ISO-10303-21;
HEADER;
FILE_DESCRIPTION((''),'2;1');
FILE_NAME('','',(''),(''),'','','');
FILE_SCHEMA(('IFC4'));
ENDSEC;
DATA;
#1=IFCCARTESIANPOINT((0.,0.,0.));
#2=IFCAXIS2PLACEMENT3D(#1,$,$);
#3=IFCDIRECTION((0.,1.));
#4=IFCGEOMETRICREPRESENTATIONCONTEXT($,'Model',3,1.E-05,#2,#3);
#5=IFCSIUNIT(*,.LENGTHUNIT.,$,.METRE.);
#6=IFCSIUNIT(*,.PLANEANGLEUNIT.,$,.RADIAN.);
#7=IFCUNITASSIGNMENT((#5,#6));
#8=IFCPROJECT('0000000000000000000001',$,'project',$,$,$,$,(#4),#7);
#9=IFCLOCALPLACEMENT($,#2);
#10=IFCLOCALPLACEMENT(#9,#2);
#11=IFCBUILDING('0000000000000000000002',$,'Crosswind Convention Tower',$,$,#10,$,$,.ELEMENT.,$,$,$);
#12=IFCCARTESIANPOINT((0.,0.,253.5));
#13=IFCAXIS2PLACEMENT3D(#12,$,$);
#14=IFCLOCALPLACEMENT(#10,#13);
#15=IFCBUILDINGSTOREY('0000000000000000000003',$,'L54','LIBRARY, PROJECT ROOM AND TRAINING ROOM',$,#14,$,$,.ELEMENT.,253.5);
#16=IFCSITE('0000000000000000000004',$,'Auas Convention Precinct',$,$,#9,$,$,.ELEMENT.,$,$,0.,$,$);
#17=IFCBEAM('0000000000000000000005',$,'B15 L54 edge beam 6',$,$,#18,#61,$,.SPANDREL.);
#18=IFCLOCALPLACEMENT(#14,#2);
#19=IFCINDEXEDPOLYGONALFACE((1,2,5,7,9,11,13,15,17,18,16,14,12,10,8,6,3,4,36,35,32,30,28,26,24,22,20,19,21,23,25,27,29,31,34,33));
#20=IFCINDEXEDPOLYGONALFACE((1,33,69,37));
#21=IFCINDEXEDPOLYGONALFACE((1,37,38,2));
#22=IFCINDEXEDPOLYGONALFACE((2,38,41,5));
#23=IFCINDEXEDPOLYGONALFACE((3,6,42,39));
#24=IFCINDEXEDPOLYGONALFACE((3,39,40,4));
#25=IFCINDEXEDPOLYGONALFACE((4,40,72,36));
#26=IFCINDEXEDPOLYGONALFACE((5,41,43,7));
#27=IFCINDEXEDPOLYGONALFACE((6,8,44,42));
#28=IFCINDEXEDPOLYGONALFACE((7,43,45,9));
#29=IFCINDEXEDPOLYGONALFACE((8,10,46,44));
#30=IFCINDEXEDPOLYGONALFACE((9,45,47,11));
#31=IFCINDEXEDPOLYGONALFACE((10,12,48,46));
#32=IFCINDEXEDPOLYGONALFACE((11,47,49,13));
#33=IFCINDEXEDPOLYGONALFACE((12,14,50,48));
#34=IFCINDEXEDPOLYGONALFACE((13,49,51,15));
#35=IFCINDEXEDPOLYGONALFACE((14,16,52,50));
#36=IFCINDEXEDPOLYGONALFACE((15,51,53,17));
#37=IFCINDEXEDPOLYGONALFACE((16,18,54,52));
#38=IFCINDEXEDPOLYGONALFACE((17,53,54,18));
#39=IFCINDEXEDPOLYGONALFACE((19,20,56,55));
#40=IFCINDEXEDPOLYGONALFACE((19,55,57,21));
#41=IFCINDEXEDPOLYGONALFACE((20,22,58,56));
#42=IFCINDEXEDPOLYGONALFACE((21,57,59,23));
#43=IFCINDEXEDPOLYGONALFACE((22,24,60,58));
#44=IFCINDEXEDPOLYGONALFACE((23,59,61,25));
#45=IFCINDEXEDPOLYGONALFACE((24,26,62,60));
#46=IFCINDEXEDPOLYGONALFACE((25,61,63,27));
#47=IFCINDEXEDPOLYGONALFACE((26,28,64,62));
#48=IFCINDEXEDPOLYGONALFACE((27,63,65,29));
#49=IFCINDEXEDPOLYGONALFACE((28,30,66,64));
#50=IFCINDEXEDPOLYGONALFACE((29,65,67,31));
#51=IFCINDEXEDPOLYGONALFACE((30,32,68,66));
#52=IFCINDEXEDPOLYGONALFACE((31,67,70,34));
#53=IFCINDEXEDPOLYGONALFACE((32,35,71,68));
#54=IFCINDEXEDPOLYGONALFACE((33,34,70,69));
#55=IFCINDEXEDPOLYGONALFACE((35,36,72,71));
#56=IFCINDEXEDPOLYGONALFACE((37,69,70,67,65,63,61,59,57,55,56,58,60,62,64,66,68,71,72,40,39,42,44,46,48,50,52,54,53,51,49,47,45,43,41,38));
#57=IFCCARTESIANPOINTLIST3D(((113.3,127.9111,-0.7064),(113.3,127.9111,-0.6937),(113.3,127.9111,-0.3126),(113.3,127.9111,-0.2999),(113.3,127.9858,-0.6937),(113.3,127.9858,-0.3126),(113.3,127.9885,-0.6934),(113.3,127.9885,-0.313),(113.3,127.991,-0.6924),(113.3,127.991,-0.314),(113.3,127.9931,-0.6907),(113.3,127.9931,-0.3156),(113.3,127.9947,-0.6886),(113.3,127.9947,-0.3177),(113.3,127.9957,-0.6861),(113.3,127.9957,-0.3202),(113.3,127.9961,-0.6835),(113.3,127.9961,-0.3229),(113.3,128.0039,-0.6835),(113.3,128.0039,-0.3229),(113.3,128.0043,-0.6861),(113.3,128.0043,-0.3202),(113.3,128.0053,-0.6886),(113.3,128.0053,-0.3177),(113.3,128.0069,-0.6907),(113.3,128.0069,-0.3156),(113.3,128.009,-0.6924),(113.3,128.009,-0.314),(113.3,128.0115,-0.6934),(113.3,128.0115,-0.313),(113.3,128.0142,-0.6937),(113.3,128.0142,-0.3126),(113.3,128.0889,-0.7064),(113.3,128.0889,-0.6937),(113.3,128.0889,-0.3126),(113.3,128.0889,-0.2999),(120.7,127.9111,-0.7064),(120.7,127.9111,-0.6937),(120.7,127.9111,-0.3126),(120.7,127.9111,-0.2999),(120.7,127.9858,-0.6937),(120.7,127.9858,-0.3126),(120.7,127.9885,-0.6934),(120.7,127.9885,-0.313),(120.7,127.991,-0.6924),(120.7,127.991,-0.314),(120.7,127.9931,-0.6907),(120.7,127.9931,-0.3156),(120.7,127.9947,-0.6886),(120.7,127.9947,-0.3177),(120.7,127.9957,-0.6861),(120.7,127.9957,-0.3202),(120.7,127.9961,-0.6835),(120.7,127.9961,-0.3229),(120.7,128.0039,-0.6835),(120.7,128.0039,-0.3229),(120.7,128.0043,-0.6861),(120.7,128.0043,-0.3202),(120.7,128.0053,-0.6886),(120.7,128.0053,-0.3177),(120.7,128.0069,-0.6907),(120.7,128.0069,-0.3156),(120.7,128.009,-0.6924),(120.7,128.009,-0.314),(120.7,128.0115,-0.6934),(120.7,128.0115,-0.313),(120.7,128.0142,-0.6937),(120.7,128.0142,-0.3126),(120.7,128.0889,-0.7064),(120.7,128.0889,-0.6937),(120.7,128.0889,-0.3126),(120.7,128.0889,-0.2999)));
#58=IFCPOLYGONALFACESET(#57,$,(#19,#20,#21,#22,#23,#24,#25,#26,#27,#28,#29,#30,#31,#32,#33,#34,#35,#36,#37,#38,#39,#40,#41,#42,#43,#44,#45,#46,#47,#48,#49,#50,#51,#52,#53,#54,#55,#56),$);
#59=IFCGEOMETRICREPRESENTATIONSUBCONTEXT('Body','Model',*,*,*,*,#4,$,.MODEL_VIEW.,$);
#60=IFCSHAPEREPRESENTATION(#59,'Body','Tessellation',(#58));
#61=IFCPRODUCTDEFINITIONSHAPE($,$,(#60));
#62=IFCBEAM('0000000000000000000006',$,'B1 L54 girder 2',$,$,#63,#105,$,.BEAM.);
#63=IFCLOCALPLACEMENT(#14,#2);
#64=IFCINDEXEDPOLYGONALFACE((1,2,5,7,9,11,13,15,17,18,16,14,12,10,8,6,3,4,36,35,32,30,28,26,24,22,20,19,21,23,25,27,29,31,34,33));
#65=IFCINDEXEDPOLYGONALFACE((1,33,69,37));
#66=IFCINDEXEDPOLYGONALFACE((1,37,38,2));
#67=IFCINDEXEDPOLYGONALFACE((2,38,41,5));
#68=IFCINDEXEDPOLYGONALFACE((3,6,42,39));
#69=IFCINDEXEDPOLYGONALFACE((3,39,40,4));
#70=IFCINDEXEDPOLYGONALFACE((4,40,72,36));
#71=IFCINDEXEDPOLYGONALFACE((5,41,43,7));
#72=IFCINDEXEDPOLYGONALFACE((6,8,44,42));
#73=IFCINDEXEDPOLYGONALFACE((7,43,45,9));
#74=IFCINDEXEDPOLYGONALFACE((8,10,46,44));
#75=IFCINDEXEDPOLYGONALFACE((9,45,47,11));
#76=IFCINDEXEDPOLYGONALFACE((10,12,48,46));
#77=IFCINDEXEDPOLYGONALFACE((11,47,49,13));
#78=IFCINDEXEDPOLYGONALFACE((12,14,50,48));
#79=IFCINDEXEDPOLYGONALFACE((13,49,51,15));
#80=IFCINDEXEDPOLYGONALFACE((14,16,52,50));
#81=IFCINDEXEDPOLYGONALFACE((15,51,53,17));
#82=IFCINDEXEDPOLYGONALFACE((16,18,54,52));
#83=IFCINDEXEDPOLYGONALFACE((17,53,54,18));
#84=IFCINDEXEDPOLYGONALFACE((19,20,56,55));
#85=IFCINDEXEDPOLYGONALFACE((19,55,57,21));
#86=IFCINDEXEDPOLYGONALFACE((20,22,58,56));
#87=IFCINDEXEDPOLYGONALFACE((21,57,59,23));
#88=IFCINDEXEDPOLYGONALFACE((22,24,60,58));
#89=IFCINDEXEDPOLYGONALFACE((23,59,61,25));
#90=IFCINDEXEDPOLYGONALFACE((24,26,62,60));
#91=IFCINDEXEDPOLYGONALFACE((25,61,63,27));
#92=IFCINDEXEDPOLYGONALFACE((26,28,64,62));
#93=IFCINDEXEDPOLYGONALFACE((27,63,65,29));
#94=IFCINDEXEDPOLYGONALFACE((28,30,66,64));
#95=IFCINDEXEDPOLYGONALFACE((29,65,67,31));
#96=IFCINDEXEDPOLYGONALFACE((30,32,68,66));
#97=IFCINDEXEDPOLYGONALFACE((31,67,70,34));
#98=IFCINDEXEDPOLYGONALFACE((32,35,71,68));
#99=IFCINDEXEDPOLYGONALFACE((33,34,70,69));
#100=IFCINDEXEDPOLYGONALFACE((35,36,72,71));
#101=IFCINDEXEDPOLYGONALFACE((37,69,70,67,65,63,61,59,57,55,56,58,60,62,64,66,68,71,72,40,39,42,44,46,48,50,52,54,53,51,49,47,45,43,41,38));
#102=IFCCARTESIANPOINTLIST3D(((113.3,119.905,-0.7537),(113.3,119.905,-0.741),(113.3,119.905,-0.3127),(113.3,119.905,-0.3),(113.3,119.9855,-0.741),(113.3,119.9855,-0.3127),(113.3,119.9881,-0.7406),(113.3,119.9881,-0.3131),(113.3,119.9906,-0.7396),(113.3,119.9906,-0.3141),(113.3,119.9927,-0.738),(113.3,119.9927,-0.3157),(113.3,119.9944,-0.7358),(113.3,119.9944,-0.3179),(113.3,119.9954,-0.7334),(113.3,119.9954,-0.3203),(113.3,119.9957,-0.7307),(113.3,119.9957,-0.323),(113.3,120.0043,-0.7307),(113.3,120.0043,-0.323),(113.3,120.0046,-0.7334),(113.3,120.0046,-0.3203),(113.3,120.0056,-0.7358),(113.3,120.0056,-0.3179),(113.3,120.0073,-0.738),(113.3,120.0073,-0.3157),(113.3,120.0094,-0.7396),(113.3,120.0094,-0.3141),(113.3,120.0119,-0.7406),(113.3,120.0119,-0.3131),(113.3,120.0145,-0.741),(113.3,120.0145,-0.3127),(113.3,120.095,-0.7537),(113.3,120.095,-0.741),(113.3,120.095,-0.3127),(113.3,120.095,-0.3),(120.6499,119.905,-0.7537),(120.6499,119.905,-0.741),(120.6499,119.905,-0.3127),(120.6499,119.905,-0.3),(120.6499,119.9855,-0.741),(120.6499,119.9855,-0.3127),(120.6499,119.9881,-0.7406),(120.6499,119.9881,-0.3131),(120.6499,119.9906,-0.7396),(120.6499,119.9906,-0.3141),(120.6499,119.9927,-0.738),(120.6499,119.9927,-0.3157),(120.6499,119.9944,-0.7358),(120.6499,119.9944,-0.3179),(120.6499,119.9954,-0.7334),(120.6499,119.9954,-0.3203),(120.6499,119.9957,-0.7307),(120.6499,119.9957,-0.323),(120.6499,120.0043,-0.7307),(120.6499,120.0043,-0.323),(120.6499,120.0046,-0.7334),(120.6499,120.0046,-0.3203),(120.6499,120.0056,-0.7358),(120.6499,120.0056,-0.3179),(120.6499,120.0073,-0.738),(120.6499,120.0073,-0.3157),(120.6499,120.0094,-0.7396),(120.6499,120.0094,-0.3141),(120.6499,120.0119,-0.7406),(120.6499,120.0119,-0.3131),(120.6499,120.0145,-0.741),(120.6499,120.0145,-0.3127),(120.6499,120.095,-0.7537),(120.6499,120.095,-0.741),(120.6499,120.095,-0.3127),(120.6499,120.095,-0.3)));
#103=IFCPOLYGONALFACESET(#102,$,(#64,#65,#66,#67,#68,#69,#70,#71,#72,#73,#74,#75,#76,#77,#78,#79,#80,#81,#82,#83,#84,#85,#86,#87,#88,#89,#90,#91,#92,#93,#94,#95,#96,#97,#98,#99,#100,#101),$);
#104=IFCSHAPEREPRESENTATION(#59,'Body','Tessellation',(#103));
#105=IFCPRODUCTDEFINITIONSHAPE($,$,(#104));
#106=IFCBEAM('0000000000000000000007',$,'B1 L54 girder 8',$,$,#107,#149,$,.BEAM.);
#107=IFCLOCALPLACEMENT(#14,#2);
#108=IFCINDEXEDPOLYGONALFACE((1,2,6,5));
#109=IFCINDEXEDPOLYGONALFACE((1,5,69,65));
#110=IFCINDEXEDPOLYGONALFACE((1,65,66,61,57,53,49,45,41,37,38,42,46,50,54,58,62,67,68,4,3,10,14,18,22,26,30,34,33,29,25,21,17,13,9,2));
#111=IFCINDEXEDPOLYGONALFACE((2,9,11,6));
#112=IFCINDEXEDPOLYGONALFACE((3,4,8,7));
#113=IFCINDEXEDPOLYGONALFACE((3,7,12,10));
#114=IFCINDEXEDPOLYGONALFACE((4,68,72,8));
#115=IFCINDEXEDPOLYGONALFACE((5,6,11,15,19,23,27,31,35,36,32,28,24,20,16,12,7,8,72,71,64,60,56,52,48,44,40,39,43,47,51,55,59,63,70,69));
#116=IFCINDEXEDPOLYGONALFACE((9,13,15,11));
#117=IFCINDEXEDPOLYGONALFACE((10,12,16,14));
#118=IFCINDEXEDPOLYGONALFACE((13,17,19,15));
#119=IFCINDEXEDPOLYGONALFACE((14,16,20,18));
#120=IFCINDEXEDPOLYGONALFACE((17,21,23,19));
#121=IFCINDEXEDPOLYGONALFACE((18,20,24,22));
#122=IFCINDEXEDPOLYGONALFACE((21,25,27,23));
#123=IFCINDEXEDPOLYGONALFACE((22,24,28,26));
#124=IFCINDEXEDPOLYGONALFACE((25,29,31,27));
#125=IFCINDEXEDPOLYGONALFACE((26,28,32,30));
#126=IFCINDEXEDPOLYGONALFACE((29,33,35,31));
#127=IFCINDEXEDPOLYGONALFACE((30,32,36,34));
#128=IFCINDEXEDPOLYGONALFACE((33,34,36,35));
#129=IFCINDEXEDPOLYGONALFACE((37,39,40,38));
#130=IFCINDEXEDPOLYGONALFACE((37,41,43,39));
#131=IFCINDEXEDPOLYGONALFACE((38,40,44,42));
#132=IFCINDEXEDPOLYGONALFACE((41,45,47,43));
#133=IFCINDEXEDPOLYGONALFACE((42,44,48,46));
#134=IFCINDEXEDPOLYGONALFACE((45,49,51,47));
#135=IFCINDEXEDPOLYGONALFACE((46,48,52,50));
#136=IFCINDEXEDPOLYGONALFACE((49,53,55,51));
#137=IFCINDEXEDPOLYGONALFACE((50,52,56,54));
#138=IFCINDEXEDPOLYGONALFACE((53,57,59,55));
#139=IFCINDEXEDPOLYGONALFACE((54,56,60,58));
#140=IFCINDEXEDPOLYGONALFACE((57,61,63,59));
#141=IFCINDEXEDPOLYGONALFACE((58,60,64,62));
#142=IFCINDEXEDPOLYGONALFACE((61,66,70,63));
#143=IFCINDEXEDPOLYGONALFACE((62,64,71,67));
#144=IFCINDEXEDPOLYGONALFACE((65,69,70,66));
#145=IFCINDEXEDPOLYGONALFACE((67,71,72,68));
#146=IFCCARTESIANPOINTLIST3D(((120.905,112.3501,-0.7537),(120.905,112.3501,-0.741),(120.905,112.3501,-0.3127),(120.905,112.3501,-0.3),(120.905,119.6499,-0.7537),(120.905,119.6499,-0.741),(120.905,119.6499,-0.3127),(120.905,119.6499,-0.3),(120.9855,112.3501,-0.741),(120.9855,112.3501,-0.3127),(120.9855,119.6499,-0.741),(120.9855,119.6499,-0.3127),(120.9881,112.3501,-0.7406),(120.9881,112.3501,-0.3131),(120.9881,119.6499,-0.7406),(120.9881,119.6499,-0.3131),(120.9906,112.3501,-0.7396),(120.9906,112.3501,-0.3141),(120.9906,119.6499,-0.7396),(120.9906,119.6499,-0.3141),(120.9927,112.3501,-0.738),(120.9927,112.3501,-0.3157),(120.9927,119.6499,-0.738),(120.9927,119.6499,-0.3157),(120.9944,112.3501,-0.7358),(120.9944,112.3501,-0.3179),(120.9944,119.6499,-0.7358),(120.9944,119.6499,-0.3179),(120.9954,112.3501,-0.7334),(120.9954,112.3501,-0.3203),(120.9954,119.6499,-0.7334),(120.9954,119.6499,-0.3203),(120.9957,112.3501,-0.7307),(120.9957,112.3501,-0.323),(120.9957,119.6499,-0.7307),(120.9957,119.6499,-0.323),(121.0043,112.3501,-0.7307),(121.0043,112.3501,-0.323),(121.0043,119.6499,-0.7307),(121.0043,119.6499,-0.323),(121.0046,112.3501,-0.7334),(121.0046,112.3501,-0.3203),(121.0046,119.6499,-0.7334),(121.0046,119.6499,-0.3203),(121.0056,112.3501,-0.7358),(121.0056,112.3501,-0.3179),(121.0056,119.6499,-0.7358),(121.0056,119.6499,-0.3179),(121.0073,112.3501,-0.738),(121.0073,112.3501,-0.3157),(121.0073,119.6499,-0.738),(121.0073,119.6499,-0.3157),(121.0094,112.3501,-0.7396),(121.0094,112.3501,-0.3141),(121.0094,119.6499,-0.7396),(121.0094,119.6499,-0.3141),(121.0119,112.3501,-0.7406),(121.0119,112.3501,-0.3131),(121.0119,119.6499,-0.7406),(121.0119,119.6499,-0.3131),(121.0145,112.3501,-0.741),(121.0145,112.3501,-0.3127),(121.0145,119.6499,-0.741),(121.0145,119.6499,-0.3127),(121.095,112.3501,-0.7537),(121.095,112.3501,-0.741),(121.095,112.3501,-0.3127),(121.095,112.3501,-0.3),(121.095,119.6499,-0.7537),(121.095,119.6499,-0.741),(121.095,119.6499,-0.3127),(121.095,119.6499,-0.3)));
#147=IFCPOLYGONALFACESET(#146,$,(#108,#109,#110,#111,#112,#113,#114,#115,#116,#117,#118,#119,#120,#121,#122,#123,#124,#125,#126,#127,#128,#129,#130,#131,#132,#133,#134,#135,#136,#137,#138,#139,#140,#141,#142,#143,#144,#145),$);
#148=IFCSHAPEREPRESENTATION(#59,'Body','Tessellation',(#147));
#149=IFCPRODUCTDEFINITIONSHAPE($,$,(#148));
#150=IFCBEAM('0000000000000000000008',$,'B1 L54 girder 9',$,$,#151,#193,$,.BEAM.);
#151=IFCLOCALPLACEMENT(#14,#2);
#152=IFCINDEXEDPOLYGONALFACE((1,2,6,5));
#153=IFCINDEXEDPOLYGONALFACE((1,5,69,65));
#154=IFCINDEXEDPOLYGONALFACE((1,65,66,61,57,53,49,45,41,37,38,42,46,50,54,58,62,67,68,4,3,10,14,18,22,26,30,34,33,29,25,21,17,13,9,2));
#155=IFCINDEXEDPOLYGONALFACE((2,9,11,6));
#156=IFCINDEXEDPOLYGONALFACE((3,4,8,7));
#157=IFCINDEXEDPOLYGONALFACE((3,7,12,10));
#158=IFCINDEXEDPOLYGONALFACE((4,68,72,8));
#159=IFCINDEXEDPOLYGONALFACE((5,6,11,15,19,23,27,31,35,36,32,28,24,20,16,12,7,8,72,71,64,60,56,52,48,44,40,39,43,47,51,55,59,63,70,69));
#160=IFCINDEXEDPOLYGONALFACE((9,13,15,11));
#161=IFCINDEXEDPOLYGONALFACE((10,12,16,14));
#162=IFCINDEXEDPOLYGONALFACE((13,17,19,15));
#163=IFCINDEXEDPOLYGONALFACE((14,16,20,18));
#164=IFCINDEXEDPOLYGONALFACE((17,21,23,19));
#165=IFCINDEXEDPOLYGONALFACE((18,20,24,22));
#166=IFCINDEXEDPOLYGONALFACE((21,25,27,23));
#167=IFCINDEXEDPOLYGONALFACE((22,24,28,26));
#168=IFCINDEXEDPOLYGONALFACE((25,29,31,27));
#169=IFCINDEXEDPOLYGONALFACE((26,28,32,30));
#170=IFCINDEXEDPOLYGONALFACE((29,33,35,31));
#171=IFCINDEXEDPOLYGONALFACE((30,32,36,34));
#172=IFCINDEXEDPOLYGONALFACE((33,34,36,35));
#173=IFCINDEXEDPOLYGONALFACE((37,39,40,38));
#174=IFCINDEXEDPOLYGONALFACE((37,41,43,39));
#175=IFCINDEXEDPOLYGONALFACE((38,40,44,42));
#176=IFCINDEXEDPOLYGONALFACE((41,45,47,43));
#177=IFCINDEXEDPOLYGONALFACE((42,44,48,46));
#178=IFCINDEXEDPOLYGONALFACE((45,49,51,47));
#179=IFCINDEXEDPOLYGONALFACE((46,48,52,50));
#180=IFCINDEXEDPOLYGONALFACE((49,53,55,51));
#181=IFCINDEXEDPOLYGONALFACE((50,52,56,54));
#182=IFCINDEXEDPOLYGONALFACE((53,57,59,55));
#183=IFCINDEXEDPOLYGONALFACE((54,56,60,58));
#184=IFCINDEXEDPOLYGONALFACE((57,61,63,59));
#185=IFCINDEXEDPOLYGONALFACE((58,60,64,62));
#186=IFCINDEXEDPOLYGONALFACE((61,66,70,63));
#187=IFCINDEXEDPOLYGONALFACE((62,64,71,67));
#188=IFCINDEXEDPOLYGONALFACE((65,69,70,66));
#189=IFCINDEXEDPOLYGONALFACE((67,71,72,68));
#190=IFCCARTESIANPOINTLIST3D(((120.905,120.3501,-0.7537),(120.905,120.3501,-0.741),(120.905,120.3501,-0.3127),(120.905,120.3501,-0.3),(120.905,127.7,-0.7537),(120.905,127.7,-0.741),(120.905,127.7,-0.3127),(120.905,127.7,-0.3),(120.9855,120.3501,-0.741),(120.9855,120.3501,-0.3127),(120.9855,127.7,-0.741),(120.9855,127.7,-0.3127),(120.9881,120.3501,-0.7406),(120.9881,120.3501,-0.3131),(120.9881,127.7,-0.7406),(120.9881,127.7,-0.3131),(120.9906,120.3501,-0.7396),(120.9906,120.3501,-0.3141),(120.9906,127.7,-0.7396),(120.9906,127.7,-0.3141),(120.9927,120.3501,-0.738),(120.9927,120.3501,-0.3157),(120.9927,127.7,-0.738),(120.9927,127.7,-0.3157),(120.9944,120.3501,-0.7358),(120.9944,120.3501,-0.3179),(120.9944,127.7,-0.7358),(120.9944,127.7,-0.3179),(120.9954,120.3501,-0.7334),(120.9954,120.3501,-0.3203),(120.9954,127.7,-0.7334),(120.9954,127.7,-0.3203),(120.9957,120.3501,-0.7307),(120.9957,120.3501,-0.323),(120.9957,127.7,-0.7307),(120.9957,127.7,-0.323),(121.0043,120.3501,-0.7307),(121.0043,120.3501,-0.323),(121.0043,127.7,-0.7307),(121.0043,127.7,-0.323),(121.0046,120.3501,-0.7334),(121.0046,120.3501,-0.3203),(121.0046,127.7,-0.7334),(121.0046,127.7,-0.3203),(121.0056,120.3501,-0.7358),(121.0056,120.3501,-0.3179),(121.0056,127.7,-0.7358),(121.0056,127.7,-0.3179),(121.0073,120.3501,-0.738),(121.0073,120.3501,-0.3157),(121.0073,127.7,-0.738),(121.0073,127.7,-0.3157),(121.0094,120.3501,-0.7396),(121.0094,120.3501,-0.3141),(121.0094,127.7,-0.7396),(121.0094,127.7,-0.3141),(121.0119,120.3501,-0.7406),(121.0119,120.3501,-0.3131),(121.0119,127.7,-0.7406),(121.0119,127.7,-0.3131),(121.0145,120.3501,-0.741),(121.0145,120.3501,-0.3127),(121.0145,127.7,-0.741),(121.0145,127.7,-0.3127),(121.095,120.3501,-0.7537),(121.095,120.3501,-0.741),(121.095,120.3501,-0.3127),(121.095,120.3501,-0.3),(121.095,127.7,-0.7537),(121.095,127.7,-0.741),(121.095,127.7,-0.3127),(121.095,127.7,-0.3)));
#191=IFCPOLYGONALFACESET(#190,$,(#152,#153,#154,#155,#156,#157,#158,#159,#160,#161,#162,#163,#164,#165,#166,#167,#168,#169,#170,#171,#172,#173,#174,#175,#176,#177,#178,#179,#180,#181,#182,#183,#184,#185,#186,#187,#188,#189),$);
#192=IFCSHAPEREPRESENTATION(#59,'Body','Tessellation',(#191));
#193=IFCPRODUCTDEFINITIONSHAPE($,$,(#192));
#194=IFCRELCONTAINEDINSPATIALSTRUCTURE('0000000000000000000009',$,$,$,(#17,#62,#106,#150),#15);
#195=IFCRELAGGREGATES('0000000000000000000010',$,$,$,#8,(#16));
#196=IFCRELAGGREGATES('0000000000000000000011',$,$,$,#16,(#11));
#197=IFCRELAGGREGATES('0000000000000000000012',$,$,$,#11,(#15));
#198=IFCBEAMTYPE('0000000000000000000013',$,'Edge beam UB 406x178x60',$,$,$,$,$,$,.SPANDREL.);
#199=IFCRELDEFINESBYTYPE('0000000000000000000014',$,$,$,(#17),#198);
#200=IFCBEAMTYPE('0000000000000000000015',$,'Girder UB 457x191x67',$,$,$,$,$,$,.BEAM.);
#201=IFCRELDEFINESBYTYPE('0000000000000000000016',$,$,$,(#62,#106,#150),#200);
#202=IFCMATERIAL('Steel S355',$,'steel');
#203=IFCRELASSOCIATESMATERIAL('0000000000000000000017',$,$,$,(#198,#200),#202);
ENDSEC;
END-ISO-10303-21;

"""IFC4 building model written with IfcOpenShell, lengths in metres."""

from ifc_helpers import new_model, si_unit, direction, frame, origin, origin_2d, place, context, subcontext, project, spatial, i_section, extrude, material, material_profile, profile_set, type_object, element, save


model = new_model("IFC4")

# Units and contexts
model_context = context("Model", 3, precision=1e-05, world=origin(), true_north=direction((0.0, 1.0)))
body_context = subcontext(model_context, "Body", "Model", "MODEL_VIEW")
ifc_project = project(units=[si_unit("LENGTHUNIT", "METRE"), si_unit("PLANEANGLEUNIT", "RADIAN")], contexts=[model_context])

# Site, building, storey
site_placement = place(None, origin())
site = spatial("IfcSite", under=ifc_project, at=site_placement, Name="Auas Convention Precinct", CompositionType="ELEMENT", RefElevation=0.0)
building_placement = place(site_placement, origin())
building = spatial("IfcBuilding", under=site, at=building_placement, Name="Crosswind Convention Tower", CompositionType="ELEMENT")
storey_placement = place(building_placement, frame((0.0, 0.0, 253.5)))
storey = spatial("IfcBuildingStorey", under=building, at=storey_placement, Name="L54", Description="LIBRARY, PROJECT ROOM AND TRAINING ROOM", CompositionType="ELEMENT", Elevation=253.5)

# Beams
ifc_material_1 = material(Name="Steel S355", Category="steel")
ifc_material_profile_1 = material_profile(ifc_material_1, i_section(OverallWidth=0.1777, OverallDepth=0.4065, WebThickness=0.0078, FlangeThickness=0.0127, FilletRadius=0.0103, at=origin_2d()), Name="UB 406x178x60")
ifc_profile_set_1 = profile_set([ifc_material_profile_1], Name="Steel S355")
beam_type_1 = type_object("IfcBeamType", Name="Edge beam UB 406x178x60", PredefinedType="SPANDREL", material=ifc_profile_set_1)
for number, where, z_axis, x_axis, name in (
    (1, (113.3, 128.0, -0.5032), (1.0, 0.0, 0.0), (0.0, 1.0, 0.0), "B15 L54 edge beam 6"),
):
    element("IfcBeam", number, at=place(storey_placement, frame(where, z_axis=z_axis, x_axis=x_axis)), inside=storey, type_object=beam_type_1, Name=name, PredefinedType="SPANDREL", context=body_context, shape_type="SweptSolid", body=[
        extrude(i_section(OverallWidth=0.1777, OverallDepth=0.4065, WebThickness=0.0078, FlangeThickness=0.0127, FilletRadius=0.0103, at=origin_2d()), origin(), (0.0, 0.0, 1.0), 7.3999),
    ])
ifc_material_profile_2 = material_profile(ifc_material_1, i_section(OverallWidth=0.1899, OverallDepth=0.4536, WebThickness=0.0085, FlangeThickness=0.0127, FilletRadius=0.0103, at=origin_2d()), Name="UB 457x191x67")
ifc_profile_set_2 = profile_set([ifc_material_profile_2], Name="Steel S355")
beam_type_2 = type_object("IfcBeamType", Name="Girder UB 457x191x67", PredefinedType="BEAM", material=ifc_profile_set_2)
beam_1_placement = place(storey_placement, frame((113.3, 120.0, -0.5269), z_axis=(1.0, 0.0, 0.0), x_axis=(0.0, 1.0, 0.0)))
element("IfcBeam", 2, at=beam_1_placement, inside=storey, type_object=beam_type_2, Name="B1 L54 girder 2", PredefinedType="BEAM", context=body_context, shape_type="SweptSolid", body=[
    extrude(i_section(OverallWidth=0.1899, OverallDepth=0.4536, WebThickness=0.0085, FlangeThickness=0.0127, FilletRadius=0.0103, at=origin_2d()), origin(), (0.0, 0.0, 1.0), 7.3499),
])
beam_2_placement = place(storey_placement, frame((121.0, 112.3501, -0.5269), z_axis=(0.0, 1.0, 0.0), x_axis=(-1.0, 0.0, 0.0)))
element("IfcBeam", 3, at=beam_2_placement, inside=storey, type_object=beam_type_2, Name="B1 L54 girder 8", PredefinedType="BEAM", context=body_context, shape_type="SweptSolid", body=[
    extrude(i_section(OverallWidth=0.1899, OverallDepth=0.4536, WebThickness=0.0085, FlangeThickness=0.0127, FilletRadius=0.0103, at=origin_2d()), origin(), (0.0, 0.0, 1.0), 7.2998),
])
beam_3_placement = place(storey_placement, frame((121.0, 120.3501, -0.5269), z_axis=(0.0, 1.0, 0.0), x_axis=(-1.0, 0.0, 0.0)))
element("IfcBeam", 4, at=beam_3_placement, inside=storey, type_object=beam_type_2, Name="B1 L54 girder 9", PredefinedType="BEAM", context=body_context, shape_type="SweptSolid", body=[
    extrude(i_section(OverallWidth=0.1899, OverallDepth=0.4536, WebThickness=0.0085, FlangeThickness=0.0127, FilletRadius=0.0103, at=origin_2d()), origin(), (0.0, 0.0, 1.0), 7.3499),
])

save(model, "model.ifc")
